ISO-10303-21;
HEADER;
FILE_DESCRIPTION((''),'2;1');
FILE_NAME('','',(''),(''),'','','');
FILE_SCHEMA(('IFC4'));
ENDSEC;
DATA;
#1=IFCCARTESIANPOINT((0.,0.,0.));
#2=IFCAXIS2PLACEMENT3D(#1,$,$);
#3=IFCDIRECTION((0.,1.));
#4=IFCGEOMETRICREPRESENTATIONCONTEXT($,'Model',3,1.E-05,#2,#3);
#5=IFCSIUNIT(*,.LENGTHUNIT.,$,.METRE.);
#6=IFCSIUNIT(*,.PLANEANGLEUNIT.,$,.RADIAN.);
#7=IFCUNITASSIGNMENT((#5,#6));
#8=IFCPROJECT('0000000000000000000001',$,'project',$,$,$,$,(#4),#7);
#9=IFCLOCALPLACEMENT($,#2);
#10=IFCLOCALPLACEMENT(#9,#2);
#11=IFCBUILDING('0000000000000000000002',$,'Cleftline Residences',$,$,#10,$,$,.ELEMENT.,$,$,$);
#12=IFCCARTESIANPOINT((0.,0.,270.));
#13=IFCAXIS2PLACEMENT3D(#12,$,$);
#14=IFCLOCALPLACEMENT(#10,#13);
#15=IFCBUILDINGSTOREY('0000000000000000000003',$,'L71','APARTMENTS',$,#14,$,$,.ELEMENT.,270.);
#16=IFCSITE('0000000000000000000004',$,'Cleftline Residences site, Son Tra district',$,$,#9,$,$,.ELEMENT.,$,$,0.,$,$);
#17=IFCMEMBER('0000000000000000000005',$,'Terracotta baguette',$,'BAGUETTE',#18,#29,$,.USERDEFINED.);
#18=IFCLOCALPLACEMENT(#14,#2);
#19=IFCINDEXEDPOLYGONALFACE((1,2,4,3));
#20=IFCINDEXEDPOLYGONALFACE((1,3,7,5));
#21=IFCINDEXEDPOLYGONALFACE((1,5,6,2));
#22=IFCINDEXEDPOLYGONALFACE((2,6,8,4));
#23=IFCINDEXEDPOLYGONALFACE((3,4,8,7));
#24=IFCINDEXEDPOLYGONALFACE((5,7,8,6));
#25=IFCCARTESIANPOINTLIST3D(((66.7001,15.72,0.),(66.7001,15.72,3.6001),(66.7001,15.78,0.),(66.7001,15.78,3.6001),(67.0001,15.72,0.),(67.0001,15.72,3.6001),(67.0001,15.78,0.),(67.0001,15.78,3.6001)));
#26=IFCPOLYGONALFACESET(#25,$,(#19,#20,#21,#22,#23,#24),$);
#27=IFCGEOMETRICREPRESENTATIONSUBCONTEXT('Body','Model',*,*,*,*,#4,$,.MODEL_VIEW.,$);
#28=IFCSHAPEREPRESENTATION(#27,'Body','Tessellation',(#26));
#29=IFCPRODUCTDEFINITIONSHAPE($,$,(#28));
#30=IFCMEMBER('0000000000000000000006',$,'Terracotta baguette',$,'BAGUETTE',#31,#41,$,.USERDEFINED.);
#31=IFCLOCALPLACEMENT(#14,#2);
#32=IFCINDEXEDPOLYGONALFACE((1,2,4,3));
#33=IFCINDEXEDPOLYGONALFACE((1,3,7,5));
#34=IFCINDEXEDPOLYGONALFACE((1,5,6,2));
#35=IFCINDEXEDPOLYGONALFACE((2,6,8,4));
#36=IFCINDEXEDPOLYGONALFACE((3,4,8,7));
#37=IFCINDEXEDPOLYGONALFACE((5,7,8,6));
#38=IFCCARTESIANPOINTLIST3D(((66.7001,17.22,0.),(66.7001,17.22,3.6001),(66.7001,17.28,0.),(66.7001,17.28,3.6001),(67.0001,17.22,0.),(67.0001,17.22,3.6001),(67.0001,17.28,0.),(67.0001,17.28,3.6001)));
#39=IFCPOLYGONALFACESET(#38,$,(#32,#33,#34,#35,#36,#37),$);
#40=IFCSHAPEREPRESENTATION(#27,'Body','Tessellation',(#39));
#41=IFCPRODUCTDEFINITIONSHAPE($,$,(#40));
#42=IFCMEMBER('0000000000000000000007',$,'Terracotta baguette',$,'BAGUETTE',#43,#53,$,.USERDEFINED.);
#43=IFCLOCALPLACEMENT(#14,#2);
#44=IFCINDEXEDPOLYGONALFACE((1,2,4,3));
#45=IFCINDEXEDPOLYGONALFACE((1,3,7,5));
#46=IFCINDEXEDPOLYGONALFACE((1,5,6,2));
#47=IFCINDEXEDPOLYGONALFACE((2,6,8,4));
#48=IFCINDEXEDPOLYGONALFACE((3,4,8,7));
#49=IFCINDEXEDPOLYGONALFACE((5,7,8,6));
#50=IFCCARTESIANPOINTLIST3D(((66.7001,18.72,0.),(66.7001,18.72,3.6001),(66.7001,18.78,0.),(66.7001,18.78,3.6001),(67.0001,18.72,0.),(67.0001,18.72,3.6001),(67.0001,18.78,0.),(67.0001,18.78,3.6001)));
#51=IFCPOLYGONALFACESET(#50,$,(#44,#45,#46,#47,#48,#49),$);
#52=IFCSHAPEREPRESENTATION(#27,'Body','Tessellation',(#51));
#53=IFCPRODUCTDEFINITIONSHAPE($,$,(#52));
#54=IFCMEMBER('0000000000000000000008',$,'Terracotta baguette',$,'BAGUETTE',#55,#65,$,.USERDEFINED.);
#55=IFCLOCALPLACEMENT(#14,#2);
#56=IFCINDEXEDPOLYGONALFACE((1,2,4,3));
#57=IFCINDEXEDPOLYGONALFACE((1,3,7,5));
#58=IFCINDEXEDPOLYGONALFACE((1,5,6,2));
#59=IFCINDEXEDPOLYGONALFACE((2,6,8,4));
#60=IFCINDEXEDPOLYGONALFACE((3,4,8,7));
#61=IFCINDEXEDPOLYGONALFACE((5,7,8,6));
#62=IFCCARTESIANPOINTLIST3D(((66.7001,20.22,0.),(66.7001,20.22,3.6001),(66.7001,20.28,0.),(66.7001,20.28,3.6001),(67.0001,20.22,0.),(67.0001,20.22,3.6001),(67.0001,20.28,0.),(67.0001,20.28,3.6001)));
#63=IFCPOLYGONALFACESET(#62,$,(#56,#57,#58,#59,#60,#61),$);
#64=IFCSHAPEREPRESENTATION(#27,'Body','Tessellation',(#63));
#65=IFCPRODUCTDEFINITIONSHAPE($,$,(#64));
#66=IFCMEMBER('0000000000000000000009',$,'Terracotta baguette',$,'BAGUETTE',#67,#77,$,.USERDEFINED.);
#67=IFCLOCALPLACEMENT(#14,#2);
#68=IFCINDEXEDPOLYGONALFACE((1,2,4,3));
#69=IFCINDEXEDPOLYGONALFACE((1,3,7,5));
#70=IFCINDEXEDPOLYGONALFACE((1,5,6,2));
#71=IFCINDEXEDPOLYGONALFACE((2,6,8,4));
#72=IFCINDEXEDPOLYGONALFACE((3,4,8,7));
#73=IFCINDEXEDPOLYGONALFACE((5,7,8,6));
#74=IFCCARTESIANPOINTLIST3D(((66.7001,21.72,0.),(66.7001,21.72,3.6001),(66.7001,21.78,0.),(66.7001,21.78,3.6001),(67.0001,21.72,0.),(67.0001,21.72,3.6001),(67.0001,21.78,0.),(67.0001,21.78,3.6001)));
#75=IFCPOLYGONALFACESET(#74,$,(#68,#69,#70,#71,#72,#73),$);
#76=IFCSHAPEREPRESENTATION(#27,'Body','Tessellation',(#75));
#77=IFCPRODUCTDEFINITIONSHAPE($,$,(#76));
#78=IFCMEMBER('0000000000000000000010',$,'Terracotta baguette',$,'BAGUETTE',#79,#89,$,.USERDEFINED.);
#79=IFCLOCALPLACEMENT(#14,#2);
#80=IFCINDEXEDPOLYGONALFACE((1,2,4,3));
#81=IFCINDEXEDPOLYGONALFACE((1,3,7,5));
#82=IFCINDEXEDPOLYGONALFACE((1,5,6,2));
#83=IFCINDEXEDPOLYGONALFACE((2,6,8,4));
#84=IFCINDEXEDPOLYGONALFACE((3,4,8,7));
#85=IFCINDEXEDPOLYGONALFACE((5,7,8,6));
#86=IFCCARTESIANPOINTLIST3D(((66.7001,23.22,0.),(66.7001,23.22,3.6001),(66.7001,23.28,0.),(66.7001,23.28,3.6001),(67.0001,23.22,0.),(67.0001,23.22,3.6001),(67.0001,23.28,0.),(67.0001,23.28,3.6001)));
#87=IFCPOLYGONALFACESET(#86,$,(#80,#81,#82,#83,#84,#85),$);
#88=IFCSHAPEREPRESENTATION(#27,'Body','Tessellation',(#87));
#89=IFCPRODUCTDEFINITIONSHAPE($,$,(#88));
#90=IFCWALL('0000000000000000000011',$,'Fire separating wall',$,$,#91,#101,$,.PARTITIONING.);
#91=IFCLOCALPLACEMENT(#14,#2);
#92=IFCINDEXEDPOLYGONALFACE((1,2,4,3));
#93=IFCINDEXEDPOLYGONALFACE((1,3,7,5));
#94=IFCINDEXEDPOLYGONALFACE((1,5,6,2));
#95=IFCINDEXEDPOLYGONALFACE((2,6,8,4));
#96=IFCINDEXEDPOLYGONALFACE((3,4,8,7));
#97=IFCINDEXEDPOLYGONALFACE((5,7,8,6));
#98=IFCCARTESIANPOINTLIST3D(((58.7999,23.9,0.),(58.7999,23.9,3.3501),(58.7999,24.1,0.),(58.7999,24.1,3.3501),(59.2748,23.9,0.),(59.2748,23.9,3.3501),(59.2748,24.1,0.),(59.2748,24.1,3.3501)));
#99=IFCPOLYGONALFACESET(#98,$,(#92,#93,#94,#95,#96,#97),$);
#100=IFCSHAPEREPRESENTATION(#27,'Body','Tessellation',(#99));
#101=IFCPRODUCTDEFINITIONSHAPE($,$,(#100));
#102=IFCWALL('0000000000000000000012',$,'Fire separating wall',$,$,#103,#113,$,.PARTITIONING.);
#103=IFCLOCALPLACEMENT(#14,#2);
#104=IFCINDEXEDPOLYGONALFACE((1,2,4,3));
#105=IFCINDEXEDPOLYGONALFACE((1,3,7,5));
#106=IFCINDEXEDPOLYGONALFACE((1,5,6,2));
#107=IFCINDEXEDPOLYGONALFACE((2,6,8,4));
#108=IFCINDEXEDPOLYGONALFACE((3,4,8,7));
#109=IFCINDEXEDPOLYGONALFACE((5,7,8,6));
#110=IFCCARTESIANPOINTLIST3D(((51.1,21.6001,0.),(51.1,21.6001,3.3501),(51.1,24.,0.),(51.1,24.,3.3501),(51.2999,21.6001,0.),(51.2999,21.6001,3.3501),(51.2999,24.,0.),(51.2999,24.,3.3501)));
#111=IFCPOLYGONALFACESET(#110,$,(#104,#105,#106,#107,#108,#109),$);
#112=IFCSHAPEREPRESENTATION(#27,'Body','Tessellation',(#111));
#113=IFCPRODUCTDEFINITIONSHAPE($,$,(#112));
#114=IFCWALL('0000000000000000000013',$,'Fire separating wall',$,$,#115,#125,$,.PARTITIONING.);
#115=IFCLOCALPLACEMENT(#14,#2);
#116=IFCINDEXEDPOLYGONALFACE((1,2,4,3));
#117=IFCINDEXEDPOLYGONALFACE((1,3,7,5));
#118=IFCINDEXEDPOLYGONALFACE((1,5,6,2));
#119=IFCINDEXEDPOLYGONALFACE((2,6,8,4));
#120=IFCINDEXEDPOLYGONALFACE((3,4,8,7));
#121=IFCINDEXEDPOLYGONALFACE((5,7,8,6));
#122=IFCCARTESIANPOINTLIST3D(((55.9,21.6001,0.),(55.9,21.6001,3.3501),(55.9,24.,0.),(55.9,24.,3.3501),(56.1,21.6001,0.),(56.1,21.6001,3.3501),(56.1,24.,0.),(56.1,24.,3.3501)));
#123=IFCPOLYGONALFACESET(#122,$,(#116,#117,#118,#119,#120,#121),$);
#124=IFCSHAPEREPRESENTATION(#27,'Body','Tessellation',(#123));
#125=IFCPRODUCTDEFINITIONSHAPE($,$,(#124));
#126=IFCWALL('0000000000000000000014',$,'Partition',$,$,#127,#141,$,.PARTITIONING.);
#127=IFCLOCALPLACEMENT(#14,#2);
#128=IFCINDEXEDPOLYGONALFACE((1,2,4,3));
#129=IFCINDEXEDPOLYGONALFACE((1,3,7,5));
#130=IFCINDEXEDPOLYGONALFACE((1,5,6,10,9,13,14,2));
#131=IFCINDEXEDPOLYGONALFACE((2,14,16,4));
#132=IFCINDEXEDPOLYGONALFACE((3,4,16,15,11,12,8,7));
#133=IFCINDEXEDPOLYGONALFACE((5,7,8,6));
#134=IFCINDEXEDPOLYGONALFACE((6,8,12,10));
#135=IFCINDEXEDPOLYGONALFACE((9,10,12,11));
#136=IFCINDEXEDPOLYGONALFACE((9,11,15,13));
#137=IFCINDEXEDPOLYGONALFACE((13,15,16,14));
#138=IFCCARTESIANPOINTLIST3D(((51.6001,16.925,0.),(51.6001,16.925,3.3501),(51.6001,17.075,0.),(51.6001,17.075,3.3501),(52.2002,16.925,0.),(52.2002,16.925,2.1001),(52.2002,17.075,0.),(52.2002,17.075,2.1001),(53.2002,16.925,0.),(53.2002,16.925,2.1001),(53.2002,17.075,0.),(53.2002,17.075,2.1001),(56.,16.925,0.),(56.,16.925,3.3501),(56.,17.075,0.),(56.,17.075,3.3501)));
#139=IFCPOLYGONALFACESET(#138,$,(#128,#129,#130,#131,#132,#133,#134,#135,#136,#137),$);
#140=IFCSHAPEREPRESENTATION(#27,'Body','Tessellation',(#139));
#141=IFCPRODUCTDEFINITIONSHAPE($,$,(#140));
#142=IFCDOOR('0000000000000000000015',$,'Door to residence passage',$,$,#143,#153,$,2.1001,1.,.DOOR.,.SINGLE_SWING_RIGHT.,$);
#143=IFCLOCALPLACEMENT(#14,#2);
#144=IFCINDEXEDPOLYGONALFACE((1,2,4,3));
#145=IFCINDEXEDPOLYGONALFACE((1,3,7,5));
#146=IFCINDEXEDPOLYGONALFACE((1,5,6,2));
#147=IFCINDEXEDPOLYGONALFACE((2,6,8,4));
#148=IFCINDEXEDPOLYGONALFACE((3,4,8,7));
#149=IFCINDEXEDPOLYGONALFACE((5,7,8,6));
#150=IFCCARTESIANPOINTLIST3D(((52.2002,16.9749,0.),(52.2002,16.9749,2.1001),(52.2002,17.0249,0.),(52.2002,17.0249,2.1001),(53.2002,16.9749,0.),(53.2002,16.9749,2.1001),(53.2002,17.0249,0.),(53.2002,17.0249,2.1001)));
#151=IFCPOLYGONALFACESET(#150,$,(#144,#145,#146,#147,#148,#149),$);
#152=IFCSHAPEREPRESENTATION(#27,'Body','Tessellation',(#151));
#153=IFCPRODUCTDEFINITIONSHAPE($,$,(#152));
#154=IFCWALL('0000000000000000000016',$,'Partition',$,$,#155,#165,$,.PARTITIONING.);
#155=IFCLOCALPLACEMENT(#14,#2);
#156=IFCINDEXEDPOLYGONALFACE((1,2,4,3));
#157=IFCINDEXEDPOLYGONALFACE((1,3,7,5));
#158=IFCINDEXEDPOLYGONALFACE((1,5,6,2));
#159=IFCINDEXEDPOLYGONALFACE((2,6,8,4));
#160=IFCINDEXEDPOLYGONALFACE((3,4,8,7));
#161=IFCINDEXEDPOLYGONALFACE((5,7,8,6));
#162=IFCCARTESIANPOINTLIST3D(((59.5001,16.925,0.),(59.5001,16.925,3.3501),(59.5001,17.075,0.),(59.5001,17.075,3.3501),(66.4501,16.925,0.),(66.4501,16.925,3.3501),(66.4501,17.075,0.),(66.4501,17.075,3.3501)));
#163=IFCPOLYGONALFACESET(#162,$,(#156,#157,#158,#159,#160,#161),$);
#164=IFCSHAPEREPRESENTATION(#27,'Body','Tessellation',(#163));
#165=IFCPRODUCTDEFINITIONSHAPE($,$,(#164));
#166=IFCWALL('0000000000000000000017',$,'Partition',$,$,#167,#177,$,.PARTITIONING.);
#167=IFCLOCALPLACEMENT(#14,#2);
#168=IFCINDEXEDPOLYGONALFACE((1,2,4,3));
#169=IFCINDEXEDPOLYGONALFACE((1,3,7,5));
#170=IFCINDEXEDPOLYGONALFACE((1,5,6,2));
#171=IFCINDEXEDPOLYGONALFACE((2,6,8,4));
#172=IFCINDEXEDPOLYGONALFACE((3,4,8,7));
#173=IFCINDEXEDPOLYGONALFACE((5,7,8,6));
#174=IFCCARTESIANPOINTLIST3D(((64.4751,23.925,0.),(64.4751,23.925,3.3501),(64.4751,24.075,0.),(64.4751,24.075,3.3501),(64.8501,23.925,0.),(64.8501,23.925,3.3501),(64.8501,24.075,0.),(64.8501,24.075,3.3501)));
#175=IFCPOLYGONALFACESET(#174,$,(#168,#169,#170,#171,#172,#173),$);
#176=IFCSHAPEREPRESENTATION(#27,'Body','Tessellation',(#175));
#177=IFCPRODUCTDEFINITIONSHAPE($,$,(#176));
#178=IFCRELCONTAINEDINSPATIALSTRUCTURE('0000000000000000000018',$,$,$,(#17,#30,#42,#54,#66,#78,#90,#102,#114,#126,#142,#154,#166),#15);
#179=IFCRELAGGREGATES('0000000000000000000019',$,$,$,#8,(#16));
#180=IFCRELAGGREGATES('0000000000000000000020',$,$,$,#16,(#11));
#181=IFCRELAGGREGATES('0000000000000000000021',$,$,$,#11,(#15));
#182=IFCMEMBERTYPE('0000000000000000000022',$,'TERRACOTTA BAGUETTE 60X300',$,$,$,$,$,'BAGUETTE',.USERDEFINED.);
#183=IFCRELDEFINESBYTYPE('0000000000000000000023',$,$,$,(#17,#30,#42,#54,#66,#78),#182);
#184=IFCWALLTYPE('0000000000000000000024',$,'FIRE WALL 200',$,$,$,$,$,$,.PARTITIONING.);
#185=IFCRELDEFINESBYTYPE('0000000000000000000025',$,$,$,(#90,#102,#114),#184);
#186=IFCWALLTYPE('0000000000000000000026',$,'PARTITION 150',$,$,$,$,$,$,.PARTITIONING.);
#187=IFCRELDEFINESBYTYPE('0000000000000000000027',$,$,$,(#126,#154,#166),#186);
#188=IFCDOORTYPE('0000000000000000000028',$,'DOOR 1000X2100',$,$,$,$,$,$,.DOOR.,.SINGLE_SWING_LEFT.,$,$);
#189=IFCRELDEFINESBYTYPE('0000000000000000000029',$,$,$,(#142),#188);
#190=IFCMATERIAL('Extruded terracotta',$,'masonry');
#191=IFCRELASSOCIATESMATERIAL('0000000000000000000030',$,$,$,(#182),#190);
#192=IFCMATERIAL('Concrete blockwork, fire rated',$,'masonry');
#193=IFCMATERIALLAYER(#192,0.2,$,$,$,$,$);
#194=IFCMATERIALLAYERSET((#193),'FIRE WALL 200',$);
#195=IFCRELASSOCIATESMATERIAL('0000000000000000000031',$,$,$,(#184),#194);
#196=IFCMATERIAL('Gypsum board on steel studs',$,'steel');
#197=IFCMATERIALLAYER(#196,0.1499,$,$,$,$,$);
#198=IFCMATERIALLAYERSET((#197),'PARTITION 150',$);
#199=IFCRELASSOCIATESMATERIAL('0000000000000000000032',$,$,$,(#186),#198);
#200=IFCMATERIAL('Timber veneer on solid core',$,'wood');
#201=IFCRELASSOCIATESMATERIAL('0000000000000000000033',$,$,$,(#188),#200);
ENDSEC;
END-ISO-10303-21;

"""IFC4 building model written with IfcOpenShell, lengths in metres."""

from ifc_helpers import new_model, si_unit, direction, frame, frame_2d, origin, origin_2d, place, context, subcontext, project, spatial, rectangle, extrude, material, layer, layer_set, material_profile, profile_set, type_object, element, fill, save


model = new_model("IFC4")

# Units and contexts
model_context = context("Model", 3, precision=1e-05, world=origin(), true_north=direction((0.0, 1.0)))
body_context = subcontext(model_context, "Body", "Model", "MODEL_VIEW")
ifc_project = project(units=[si_unit("LENGTHUNIT", "METRE"), si_unit("PLANEANGLEUNIT", "RADIAN")], contexts=[model_context])

# Site, building, storey
site_placement = place(None, origin())
site = spatial("IfcSite", under=ifc_project, at=site_placement, Name="Cleftline Residences site, Son Tra district", CompositionType="ELEMENT", RefElevation=0.0)
building_placement = place(site_placement, origin())
building = spatial("IfcBuilding", under=site, at=building_placement, Name="Cleftline Residences", CompositionType="ELEMENT")
storey_placement = place(building_placement, frame((0.0, 0.0, 270.0)))
storey = spatial("IfcBuildingStorey", under=building, at=storey_placement, Name="L71", Description="APARTMENTS", CompositionType="ELEMENT", Elevation=270.0)

# Members
ifc_material_1 = material(Name="Extruded terracotta", Category="masonry")
ifc_material_profile_1 = material_profile(ifc_material_1, rectangle(XDim=0.0601, YDim=0.3, at=origin_2d()))
ifc_profile_set_1 = profile_set([ifc_material_profile_1], Name="Extruded terracotta")
member_type_1 = type_object("IfcMemberType", Name="TERRACOTTA BAGUETTE 60X300", ElementType="BAGUETTE", PredefinedType="USERDEFINED", material=ifc_profile_set_1)
for number, where, z_axis, x_axis, name in (
    (1, (66.8501, 15.75, 0.0), (0.0, 0.0, 1.0), (0.0, 1.0, 0.0), "Terracotta baguette"),
    (2, (66.8501, 17.25, 0.0), (0.0, 0.0, 1.0), (0.0, 1.0, 0.0), "Terracotta baguette"),
    (3, (66.8501, 18.75, 0.0), (0.0, 0.0, 1.0), (0.0, 1.0, 0.0), "Terracotta baguette"),
    (4, (66.8501, 20.25, 0.0), (0.0, 0.0, 1.0), (0.0, 1.0, 0.0), "Terracotta baguette"),
    (5, (66.8501, 21.75, 0.0), (0.0, 0.0, 1.0), (0.0, 1.0, 0.0), "Terracotta baguette"),
    (6, (66.8501, 23.25, 0.0), (0.0, 0.0, 1.0), (0.0, 1.0, 0.0), "Terracotta baguette"),
):
    element("IfcMember", number, at=place(storey_placement, frame(where, z_axis=z_axis, x_axis=x_axis)), inside=storey, type_object=member_type_1, Name=name, ObjectType="BAGUETTE", PredefinedType="USERDEFINED", context=body_context, shape_type="SweptSolid", body=[
        extrude(rectangle(XDim=0.0601, YDim=0.3, at=origin_2d()), origin(), (0.0, 0.0, 1.0), 3.6001),
    ])

# Walls
ifc_material_2 = material(Name="Concrete blockwork, fire rated", Category="masonry")
ifc_layer_1 = layer(ifc_material_2, 0.2)
ifc_layer_set_1 = layer_set([ifc_layer_1], Name="FIRE WALL 200")
wall_type_1 = type_object("IfcWallType", Name="FIRE WALL 200", PredefinedType="PARTITIONING", material=ifc_layer_set_1)
wall_1_placement = place(storey_placement, frame((58.8, 24.0, 0.0), z_axis=(0.0, 0.0, 1.0), x_axis=(1.0, 0.0, 0.0)))
element("IfcWall", 7, at=wall_1_placement, inside=storey, type_object=wall_type_1, Name="Fire separating wall", PredefinedType="PARTITIONING", context=body_context, shape_type="SweptSolid", body=[
    extrude(rectangle(XDim=0.4749, YDim=0.2, at=frame_2d((0.2373, 0.0))), origin(), (0.0, 0.0, 1.0), 3.3501),
])
for number, where, z_axis, x_axis, name in (
    (8, (51.2, 21.6001, 0.0), (0.0, 0.0, 1.0), (0.0, 1.0, 0.0), "Fire separating wall"),
    (9, (56.0, 21.6001, 0.0), (0.0, 0.0, 1.0), (0.0, 1.0, 0.0), "Fire separating wall"),
):
    element("IfcWall", number, at=place(storey_placement, frame(where, z_axis=z_axis, x_axis=x_axis)), inside=storey, type_object=wall_type_1, Name=name, PredefinedType="PARTITIONING", context=body_context, shape_type="SweptSolid", body=[
        extrude(rectangle(XDim=2.3999, YDim=0.2, at=frame_2d((1.2, 0.0))), origin(), (0.0, 0.0, 1.0), 3.3501),
    ])

# Wall, opening, door
ifc_material_3 = material(Name="Gypsum board on steel studs", Category="steel")
ifc_layer_2 = layer(ifc_material_3, 0.1499)
ifc_layer_set_2 = layer_set([ifc_layer_2], Name="PARTITION 150")
wall_type_2 = type_object("IfcWallType", Name="PARTITION 150", PredefinedType="PARTITIONING", material=ifc_layer_set_2)
wall_2_placement = place(storey_placement, frame((51.6001, 17.0, 0.0), z_axis=(0.0, 0.0, 1.0), x_axis=(1.0, 0.0, 0.0)))
wall_2 = element("IfcWall", 10, at=wall_2_placement, inside=storey, type_object=wall_type_2, Name="Partition", PredefinedType="PARTITIONING", context=body_context, shape_type="SweptSolid", body=[
    extrude(rectangle(XDim=4.3999, YDim=0.1499, at=frame_2d((2.2, 0.0))), origin(), (0.0, 0.0, 1.0), 3.3501),
])
opening_1_placement = place(wall_2_placement, frame((0.6001, 0.0, 0.0)))
opening_1 = element("IfcOpeningElement", 11, at=opening_1_placement, cuts=wall_2, PredefinedType="OPENING", context=body_context, shape_type="SweptSolid", body=[
    extrude(rectangle(XDim=1.0, YDim=2.1001, at=frame_2d((0.5, 1.05))), frame((0.0, 0.085, 0.0), z_axis=(0.0, -1.0, 0.0), x_axis=(1.0, 0.0, 0.0)), (0.0, 0.0, 1.0), 0.1699),
])
ifc_material_4 = material(Name="Timber veneer on solid core", Category="wood")
door_type = type_object("IfcDoorType", Name="DOOR 1000X2100", OperationType="SINGLE_SWING_LEFT", PredefinedType="DOOR", material=ifc_material_4)
door_1_placement = place(opening_1_placement, origin())
door_1 = element("IfcDoor", 12, at=door_1_placement, inside=storey, type_object=door_type, Name="Door to residence passage", OperationType="SINGLE_SWING_RIGHT", OverallHeight=2.1001, OverallWidth=1.0, PredefinedType="DOOR", context=body_context, shape_type="SweptSolid", body=[
    extrude(rectangle(XDim=1.0, YDim=2.1001, at=frame_2d((0.5, 1.05))), frame((0.0, 0.0249, 0.0), z_axis=(0.0, -1.0, 0.0), x_axis=(1.0, 0.0, 0.0)), (0.0, 0.0, 1.0), 0.05),
])
fill(opening_1, door_1)

# Walls
wall_3_placement = place(storey_placement, frame((59.5, 17.0, 0.0), z_axis=(0.0, 0.0, 1.0), x_axis=(1.0, 0.0, 0.0)))
element("IfcWall", 13, at=wall_3_placement, inside=storey, type_object=wall_type_2, Name="Partition", PredefinedType="PARTITIONING", context=body_context, shape_type="SweptSolid", body=[
    extrude(rectangle(XDim=6.95, YDim=0.1499, at=frame_2d((3.4751, 0.0))), origin(), (0.0, 0.0, 1.0), 3.3501),
])
wall_4_placement = place(storey_placement, frame((64.4751, 24.0, 0.0), z_axis=(0.0, 0.0, 1.0), x_axis=(1.0, 0.0, 0.0)))
element("IfcWall", 14, at=wall_4_placement, inside=storey, type_object=wall_type_2, Name="Partition", PredefinedType="PARTITIONING", context=body_context, shape_type="SweptSolid", body=[
    extrude(rectangle(XDim=0.375, YDim=0.1499, at=frame_2d((0.1875, 0.0))), origin(), (0.0, 0.0, 1.0), 3.3501),
])

save(model, "model.ifc")
